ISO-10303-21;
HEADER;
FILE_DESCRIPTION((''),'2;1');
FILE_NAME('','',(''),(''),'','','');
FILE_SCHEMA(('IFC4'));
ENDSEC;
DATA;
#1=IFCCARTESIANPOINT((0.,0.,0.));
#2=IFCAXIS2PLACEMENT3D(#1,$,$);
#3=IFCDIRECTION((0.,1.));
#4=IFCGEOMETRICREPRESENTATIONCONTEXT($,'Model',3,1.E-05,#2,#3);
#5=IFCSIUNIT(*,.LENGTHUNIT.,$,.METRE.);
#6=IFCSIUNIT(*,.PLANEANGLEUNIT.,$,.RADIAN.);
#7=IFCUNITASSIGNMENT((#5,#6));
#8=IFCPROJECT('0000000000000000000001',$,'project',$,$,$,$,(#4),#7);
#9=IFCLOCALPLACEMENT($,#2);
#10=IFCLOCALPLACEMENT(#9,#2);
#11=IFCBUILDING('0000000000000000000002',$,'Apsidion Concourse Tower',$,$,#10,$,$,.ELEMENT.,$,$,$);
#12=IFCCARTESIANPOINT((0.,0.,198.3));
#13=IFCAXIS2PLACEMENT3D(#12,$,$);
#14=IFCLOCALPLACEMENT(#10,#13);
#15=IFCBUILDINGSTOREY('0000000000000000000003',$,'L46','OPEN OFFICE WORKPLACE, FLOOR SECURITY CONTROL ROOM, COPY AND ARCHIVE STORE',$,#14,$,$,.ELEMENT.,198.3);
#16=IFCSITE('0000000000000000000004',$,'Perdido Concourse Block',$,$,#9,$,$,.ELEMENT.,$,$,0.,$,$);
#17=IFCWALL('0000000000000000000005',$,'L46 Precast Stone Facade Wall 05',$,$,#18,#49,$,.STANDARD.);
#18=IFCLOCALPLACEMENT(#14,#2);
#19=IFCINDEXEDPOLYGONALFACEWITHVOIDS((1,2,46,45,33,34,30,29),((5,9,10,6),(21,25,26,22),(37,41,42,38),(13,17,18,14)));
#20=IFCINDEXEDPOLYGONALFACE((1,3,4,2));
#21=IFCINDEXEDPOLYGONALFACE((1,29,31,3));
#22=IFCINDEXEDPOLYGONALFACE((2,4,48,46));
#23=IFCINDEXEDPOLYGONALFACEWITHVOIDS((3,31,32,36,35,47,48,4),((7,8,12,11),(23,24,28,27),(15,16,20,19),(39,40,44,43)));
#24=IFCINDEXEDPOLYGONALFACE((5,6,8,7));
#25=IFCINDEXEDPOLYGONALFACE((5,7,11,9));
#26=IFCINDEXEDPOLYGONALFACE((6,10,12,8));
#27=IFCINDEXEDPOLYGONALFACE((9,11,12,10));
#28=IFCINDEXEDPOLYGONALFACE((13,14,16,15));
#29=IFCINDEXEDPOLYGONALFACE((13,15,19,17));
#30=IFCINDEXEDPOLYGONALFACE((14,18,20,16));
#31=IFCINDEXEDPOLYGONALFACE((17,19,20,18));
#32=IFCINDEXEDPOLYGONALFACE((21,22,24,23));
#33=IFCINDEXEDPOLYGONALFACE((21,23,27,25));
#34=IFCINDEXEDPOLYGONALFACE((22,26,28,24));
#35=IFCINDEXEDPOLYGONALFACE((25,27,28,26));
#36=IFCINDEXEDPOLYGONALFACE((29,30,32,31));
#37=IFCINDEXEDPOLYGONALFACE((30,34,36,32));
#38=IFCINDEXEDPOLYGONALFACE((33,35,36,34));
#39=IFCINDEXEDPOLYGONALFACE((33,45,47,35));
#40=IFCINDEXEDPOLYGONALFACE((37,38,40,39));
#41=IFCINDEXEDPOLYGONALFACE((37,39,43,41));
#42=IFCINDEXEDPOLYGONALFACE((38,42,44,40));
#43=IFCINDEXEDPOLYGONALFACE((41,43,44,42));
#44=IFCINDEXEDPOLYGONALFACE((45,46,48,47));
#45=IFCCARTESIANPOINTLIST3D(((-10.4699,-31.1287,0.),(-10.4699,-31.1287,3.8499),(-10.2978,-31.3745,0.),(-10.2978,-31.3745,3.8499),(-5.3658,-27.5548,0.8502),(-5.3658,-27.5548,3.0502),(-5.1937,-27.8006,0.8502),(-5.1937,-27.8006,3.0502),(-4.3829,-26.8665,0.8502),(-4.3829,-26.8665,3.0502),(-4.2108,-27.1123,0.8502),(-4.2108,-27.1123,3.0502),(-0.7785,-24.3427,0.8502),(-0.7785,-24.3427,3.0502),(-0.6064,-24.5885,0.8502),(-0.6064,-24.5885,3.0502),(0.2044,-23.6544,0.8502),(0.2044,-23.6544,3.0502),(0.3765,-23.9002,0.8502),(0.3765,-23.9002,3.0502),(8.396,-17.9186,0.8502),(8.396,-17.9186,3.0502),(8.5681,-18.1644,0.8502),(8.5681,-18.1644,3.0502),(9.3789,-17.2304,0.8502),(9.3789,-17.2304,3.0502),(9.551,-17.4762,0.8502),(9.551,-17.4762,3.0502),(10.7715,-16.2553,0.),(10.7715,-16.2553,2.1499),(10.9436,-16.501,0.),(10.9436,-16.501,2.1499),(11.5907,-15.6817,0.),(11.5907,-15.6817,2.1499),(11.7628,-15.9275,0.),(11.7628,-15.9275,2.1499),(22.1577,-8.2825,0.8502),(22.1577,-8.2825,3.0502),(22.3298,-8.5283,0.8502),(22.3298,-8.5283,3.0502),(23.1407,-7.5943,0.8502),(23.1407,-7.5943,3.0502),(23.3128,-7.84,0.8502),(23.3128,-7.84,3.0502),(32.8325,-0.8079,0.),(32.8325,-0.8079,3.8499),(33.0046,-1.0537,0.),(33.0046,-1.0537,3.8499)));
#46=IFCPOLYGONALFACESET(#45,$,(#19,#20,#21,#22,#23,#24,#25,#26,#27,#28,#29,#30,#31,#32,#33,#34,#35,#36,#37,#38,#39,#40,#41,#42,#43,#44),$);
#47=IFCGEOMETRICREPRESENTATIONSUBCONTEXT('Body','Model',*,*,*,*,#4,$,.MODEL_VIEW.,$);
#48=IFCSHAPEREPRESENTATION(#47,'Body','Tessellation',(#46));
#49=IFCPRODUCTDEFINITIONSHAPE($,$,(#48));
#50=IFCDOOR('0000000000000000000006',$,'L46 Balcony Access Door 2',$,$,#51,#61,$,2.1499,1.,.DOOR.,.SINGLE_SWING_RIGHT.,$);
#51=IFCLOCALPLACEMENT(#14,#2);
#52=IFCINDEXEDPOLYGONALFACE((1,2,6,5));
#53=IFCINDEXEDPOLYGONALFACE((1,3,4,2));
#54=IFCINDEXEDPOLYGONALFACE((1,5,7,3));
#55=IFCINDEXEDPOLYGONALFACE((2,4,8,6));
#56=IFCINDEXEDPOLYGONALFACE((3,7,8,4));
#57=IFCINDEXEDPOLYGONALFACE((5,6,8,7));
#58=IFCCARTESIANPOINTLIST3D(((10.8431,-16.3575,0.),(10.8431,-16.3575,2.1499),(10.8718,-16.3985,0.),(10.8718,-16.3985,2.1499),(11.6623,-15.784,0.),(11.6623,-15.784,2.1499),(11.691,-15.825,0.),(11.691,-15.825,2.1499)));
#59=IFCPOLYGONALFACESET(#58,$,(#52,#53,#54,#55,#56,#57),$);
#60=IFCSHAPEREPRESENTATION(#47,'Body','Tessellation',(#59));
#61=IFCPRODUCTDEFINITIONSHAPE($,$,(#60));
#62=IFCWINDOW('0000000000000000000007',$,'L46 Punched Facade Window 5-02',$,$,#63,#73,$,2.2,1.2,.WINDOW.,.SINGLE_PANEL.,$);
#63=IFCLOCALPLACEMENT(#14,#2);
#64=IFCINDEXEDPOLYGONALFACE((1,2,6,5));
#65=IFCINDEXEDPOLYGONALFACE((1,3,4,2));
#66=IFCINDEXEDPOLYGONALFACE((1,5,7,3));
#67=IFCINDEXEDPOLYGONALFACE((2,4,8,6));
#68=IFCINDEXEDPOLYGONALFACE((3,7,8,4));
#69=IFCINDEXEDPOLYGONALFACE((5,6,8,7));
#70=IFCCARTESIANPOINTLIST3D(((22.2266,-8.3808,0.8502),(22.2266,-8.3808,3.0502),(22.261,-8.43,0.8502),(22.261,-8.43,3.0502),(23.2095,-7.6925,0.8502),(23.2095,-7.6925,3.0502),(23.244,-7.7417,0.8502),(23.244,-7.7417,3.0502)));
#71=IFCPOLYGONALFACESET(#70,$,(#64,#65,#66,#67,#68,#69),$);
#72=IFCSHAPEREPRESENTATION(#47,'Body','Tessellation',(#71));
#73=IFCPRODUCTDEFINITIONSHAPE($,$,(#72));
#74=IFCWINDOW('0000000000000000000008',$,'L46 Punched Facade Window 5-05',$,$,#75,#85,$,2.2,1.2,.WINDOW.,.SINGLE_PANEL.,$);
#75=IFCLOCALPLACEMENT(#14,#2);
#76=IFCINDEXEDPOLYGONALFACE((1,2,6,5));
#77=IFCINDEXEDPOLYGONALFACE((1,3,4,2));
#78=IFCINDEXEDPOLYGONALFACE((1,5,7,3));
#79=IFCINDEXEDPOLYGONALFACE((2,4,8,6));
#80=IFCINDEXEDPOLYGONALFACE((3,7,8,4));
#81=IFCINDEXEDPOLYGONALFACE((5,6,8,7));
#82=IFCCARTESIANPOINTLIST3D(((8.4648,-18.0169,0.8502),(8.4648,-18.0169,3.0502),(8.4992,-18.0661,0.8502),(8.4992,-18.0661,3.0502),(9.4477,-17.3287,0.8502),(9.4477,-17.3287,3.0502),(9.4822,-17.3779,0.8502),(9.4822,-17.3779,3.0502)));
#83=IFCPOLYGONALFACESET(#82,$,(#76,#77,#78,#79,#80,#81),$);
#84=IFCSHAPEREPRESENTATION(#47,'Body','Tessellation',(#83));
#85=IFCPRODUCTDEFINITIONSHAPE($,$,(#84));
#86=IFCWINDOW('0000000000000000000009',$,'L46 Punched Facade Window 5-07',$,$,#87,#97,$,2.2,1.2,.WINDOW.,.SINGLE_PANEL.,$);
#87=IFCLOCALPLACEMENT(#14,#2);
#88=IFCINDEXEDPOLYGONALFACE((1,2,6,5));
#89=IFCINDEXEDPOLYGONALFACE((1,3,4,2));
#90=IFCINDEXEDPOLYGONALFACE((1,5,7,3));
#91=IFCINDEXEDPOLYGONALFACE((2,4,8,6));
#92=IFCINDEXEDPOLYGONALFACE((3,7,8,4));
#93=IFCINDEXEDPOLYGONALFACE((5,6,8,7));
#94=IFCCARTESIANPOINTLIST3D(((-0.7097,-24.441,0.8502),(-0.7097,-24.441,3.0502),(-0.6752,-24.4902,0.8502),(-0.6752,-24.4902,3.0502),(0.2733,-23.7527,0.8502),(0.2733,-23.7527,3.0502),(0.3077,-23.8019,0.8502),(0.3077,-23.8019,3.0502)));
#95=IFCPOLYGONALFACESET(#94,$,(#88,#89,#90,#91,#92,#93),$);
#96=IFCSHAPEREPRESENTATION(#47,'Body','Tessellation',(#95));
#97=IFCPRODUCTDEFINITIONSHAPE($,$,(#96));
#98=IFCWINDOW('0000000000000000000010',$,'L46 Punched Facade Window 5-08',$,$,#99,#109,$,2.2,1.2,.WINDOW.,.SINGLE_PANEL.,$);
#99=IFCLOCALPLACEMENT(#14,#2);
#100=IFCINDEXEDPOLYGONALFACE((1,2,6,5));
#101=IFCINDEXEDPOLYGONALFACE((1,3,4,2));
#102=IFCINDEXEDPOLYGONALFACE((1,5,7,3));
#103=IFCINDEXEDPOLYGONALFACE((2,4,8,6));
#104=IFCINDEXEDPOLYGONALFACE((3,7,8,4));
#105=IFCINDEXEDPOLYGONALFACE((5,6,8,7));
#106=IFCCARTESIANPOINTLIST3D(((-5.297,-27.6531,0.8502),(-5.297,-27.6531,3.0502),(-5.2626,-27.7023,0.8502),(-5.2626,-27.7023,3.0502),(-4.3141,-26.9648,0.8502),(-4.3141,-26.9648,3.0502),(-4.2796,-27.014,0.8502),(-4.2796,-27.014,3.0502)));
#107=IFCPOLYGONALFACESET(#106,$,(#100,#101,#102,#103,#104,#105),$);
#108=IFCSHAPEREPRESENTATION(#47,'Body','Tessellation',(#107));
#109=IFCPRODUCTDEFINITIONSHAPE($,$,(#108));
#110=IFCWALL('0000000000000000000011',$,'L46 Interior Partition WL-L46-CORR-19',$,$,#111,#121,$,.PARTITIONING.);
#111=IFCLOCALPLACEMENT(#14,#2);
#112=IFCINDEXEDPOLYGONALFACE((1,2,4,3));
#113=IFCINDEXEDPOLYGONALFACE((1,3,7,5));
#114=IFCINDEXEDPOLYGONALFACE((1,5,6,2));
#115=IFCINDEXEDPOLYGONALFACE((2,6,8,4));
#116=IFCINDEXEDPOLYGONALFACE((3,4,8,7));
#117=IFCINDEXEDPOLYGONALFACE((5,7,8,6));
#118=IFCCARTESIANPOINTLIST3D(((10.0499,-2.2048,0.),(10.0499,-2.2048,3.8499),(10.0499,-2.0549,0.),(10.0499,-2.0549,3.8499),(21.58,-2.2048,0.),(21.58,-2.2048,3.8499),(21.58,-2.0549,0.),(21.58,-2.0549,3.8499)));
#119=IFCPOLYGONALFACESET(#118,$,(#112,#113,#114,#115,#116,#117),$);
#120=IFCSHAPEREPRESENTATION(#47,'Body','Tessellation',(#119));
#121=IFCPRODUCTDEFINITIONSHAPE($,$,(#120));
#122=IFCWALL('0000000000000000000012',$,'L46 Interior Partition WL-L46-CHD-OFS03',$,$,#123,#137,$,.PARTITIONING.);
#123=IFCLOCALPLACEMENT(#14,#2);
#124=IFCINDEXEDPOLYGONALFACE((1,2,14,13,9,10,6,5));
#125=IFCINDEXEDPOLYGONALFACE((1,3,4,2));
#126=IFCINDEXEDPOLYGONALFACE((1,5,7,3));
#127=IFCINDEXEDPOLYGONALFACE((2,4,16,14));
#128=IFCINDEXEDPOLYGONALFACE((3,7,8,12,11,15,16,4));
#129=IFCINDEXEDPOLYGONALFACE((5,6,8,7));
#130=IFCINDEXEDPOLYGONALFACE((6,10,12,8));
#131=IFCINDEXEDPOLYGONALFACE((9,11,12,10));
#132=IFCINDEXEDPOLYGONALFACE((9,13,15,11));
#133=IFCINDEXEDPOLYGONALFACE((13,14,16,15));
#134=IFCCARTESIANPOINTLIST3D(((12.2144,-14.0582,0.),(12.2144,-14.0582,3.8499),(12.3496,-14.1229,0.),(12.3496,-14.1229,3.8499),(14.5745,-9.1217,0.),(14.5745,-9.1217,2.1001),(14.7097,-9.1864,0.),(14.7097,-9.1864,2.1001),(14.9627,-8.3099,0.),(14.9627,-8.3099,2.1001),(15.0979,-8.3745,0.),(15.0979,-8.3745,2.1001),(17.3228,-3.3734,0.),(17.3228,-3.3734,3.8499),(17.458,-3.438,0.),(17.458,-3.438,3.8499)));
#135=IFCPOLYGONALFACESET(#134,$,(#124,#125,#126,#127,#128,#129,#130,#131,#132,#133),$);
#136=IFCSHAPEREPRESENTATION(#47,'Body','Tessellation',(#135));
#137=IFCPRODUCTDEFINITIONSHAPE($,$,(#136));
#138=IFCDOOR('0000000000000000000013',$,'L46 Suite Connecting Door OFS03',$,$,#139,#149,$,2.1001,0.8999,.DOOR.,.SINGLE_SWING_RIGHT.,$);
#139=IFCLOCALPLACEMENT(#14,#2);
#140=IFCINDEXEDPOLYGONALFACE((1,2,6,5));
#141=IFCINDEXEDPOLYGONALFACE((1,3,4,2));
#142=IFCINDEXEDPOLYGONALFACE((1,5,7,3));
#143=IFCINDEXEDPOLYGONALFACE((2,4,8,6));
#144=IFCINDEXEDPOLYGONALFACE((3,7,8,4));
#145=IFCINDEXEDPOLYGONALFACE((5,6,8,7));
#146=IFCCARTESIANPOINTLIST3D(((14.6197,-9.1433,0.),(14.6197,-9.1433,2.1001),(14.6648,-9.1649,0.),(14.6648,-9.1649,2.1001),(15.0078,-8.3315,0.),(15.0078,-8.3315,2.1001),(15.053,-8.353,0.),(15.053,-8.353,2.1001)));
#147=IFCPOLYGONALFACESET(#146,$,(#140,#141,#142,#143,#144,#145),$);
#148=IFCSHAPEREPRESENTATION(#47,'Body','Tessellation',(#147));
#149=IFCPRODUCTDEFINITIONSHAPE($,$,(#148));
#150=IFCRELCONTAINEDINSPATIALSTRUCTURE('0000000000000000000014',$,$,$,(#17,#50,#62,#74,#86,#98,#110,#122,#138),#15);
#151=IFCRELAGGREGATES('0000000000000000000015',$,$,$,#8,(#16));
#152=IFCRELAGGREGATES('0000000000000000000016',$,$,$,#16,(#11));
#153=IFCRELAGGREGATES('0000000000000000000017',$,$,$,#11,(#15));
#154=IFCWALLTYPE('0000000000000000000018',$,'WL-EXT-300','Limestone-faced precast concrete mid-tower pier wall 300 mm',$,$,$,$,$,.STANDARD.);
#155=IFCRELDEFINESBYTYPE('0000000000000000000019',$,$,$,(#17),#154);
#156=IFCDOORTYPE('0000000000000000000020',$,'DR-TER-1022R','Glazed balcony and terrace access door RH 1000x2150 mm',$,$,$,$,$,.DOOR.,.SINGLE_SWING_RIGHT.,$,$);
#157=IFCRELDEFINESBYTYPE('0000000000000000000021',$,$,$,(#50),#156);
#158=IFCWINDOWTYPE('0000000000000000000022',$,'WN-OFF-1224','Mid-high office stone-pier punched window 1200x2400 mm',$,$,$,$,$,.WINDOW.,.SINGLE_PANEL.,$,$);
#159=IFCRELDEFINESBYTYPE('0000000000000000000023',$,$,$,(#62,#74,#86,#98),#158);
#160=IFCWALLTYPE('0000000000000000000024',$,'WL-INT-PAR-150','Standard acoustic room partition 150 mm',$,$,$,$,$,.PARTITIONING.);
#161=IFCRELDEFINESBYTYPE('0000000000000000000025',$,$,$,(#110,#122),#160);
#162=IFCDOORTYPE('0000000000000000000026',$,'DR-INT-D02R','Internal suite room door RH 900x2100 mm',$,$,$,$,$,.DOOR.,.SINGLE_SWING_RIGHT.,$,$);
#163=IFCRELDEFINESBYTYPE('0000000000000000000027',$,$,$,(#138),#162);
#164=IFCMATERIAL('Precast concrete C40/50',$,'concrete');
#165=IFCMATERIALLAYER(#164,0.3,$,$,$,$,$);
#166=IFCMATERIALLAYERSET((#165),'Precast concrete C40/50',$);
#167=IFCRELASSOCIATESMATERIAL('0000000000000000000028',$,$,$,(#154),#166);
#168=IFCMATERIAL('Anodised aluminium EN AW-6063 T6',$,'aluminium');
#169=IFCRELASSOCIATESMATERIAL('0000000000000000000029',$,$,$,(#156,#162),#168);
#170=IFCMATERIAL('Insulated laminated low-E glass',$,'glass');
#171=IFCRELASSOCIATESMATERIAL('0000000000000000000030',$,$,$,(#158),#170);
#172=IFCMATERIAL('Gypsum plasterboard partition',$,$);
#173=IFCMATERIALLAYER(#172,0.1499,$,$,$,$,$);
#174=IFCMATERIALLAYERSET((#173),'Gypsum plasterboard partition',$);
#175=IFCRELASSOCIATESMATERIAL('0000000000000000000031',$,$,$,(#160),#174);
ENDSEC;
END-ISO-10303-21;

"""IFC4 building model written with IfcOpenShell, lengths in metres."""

from ifc_helpers import new_model, si_unit, direction, frame, frame_2d, origin, place, context, subcontext, project, spatial, rectangle, extrude, material, layer, layer_set, type_object, element, fill, save


model = new_model("IFC4")

# Units and contexts
model_context = context("Model", 3, precision=1e-05, world=origin(), true_north=direction((0.0, 1.0)))
body_context = subcontext(model_context, "Body", "Model", "MODEL_VIEW")
ifc_project = project(units=[si_unit("LENGTHUNIT", "METRE"), si_unit("PLANEANGLEUNIT", "RADIAN")], contexts=[model_context])

# Site, building, storey
site_placement = place(None, origin())
site = spatial("IfcSite", under=ifc_project, at=site_placement, Name="Perdido Concourse Block", CompositionType="ELEMENT", RefElevation=0.0)
building_placement = place(site_placement, origin())
building = spatial("IfcBuilding", under=site, at=building_placement, Name="Apsidion Concourse Tower", CompositionType="ELEMENT")
storey_placement = place(building_placement, frame((0.0, 0.0, 198.3)))
storey = spatial("IfcBuildingStorey", under=building, at=storey_placement, Name="L46", Description="OPEN OFFICE WORKPLACE, FLOOR SECURITY CONTROL ROOM, COPY AND ARCHIVE STORE", CompositionType="ELEMENT", Elevation=198.3)

# Wall, openings, door, windows
ifc_material_1 = material(Name="Precast concrete C40/50", Category="concrete")
ifc_layer_1 = layer(ifc_material_1, 0.3)
ifc_layer_set_1 = layer_set([ifc_layer_1], Name="Precast concrete C40/50")
wall_type_1 = type_object("IfcWallType", Name="WL-EXT-300", Description="Limestone-faced precast concrete mid-tower pier wall 300 mm", PredefinedType="STANDARD", material=ifc_layer_set_1)
wall_1_placement = place(storey_placement, frame((32.9185, -0.9309, 0.0), z_axis=(0.0, 0.0, 1.0), x_axis=(-0.819151, -0.573577, 0.0)))
wall_1 = element("IfcWall", 1, at=wall_1_placement, inside=storey, type_object=wall_type_1, Name="L46 Precast Stone Facade Wall 05", PredefinedType="STANDARD", context=body_context, shape_type="SweptSolid", body=[
    extrude(rectangle(XDim=52.8625, YDim=0.3, at=frame_2d((26.4312, 0.0))), origin(), (0.0, 0.0, 1.0), 3.8499),
])
opening_1_placement = place(wall_1_placement, frame((25.9314, 0.0, 0.0)))
opening_1 = element("IfcOpeningElement", 2, at=opening_1_placement, cuts=wall_1, PredefinedType="OPENING", context=body_context, shape_type="SweptSolid", body=[
    extrude(rectangle(XDim=1.0, YDim=2.1499, at=frame_2d((0.5, 1.075))), frame((0.0, 0.1602, 0.0), z_axis=(0.0, -1.0, 0.0), x_axis=(1.0, 0.0, 0.0)), (0.0, 0.0, 1.0), 0.3201),
])
opening_2_placement = place(wall_1_placement, frame((11.8313, 0.0, 0.8501)))
opening_2 = element("IfcOpeningElement", 3, at=opening_2_placement, cuts=wall_1, PredefinedType="OPENING", context=body_context, shape_type="SweptSolid", body=[
    extrude(rectangle(XDim=1.2, YDim=2.2, at=frame_2d((0.6001, 1.1001))), frame((0.0, 0.1602, 0.0), z_axis=(0.0, -1.0, 0.0), x_axis=(1.0, 0.0, 0.0)), (0.0, 0.0, 1.0), 0.3201),
])
opening_3_placement = place(wall_1_placement, frame((28.6313, 0.0, 0.8501)))
opening_3 = element("IfcOpeningElement", 4, at=opening_3_placement, cuts=wall_1, PredefinedType="OPENING", context=body_context, shape_type="SweptSolid", body=[
    extrude(rectangle(XDim=1.2, YDim=2.2, at=frame_2d((0.6001, 1.1001))), frame((0.0, 0.1602, 0.0), z_axis=(0.0, -1.0, 0.0), x_axis=(1.0, 0.0, 0.0)), (0.0, 0.0, 1.0), 0.3201),
])
opening_4_placement = place(wall_1_placement, frame((39.8313, 0.0, 0.8501)))
opening_4 = element("IfcOpeningElement", 5, at=opening_4_placement, cuts=wall_1, PredefinedType="OPENING", context=body_context, shape_type="SweptSolid", body=[
    extrude(rectangle(XDim=1.2, YDim=2.2, at=frame_2d((0.6001, 1.1001))), frame((0.0, 0.1602, 0.0), z_axis=(0.0, -1.0, 0.0), x_axis=(1.0, 0.0, 0.0)), (0.0, 0.0, 1.0), 0.3201),
])
opening_5_placement = place(wall_1_placement, frame((45.4314, 0.0, 0.8501)))
opening_5 = element("IfcOpeningElement", 6, at=opening_5_placement, cuts=wall_1, PredefinedType="OPENING", context=body_context, shape_type="SweptSolid", body=[
    extrude(rectangle(XDim=1.2, YDim=2.2, at=frame_2d((0.6001, 1.1001))), frame((0.0, 0.1602, 0.0), z_axis=(0.0, -1.0, 0.0), x_axis=(1.0, 0.0, 0.0)), (0.0, 0.0, 1.0), 0.3201),
])
ifc_material_2 = material(Name="Anodised aluminium EN AW-6063 T6", Category="aluminium")
door_type_1 = type_object("IfcDoorType", Name="DR-TER-1022R", Description="Glazed balcony and terrace access door RH 1000x2150 mm", OperationType="SINGLE_SWING_RIGHT", PredefinedType="DOOR", material=ifc_material_2)
door_1_placement = place(opening_1_placement, origin())
door_1 = element("IfcDoor", 7, at=door_1_placement, inside=storey, type_object=door_type_1, Name="L46 Balcony Access Door 2", OperationType="SINGLE_SWING_RIGHT", OverallHeight=2.1499, OverallWidth=1.0, PredefinedType="DOOR", context=body_context, shape_type="SweptSolid", body=[
    extrude(rectangle(XDim=1.0, YDim=2.1499, at=frame_2d((0.5, 1.075))), frame((0.0, 0.0249, 0.0), z_axis=(0.0, -1.0, 0.0), x_axis=(1.0, 0.0, 0.0)), (0.0, 0.0, 1.0), 0.05),
])
fill(opening_1, door_1)
ifc_material_3 = material(Name="Insulated laminated low-E glass", Category="glass")
window_type = type_object("IfcWindowType", Name="WN-OFF-1224", Description="Mid-high office stone-pier punched window 1200x2400 mm", PartitioningType="SINGLE_PANEL", PredefinedType="WINDOW", material=ifc_material_3)
window_1_placement = place(opening_2_placement, origin())
window_1 = element("IfcWindow", 8, at=window_1_placement, inside=storey, type_object=window_type, Name="L46 Punched Facade Window 5-02", OverallHeight=2.2, OverallWidth=1.2, PartitioningType="SINGLE_PANEL", PredefinedType="WINDOW", context=body_context, shape_type="SweptSolid", body=[
    extrude(rectangle(XDim=1.2, YDim=2.2, at=frame_2d((0.6001, 1.1001))), frame((0.0, 0.03, 0.0), z_axis=(0.0, -1.0, 0.0), x_axis=(1.0, 0.0, 0.0)), (0.0, 0.0, 1.0), 0.0601),
])
fill(opening_2, window_1)
window_2_placement = place(opening_3_placement, origin())
window_2 = element("IfcWindow", 9, at=window_2_placement, inside=storey, type_object=window_type, Name="L46 Punched Facade Window 5-05", OverallHeight=2.2, OverallWidth=1.2, PartitioningType="SINGLE_PANEL", PredefinedType="WINDOW", context=body_context, shape_type="SweptSolid", body=[
    extrude(rectangle(XDim=1.2, YDim=2.2, at=frame_2d((0.6001, 1.1001))), frame((0.0, 0.03, 0.0), z_axis=(0.0, -1.0, 0.0), x_axis=(1.0, 0.0, 0.0)), (0.0, 0.0, 1.0), 0.0601),
])
fill(opening_3, window_2)
window_3_placement = place(opening_4_placement, origin())
window_3 = element("IfcWindow", 10, at=window_3_placement, inside=storey, type_object=window_type, Name="L46 Punched Facade Window 5-07", OverallHeight=2.2, OverallWidth=1.2, PartitioningType="SINGLE_PANEL", PredefinedType="WINDOW", context=body_context, shape_type="SweptSolid", body=[
    extrude(rectangle(XDim=1.2, YDim=2.2, at=frame_2d((0.6001, 1.1001))), frame((0.0, 0.03, 0.0), z_axis=(0.0, -1.0, 0.0), x_axis=(1.0, 0.0, 0.0)), (0.0, 0.0, 1.0), 0.0601),
])
fill(opening_4, window_3)
window_4_placement = place(opening_5_placement, origin())
window_4 = element("IfcWindow", 11, at=window_4_placement, inside=storey, type_object=window_type, Name="L46 Punched Facade Window 5-08", OverallHeight=2.2, OverallWidth=1.2, PartitioningType="SINGLE_PANEL", PredefinedType="WINDOW", context=body_context, shape_type="SweptSolid", body=[
    extrude(rectangle(XDim=1.2, YDim=2.2, at=frame_2d((0.6001, 1.1001))), frame((0.0, 0.03, 0.0), z_axis=(0.0, -1.0, 0.0), x_axis=(1.0, 0.0, 0.0)), (0.0, 0.0, 1.0), 0.0601),
])
fill(opening_5, window_4)

# Wall
ifc_material_4 = material(Name="Gypsum plasterboard partition")
ifc_layer_2 = layer(ifc_material_4, 0.1499)
ifc_layer_set_2 = layer_set([ifc_layer_2], Name="Gypsum plasterboard partition")
wall_type_2 = type_object("IfcWallType", Name="WL-INT-PAR-150", Description="Standard acoustic room partition 150 mm", PredefinedType="PARTITIONING", material=ifc_layer_set_2)
wall_2_placement = place(storey_placement, frame((21.5801, -2.1299, 0.0), z_axis=(0.0, 0.0, 1.0), x_axis=(-1.0, 0.0, 0.0)))
element("IfcWall", 12, at=wall_2_placement, inside=storey, type_object=wall_type_2, Name="L46 Interior Partition WL-L46-CORR-19", PredefinedType="PARTITIONING", context=body_context, shape_type="SweptSolid", body=[
    extrude(rectangle(XDim=11.53, YDim=0.1499, at=frame_2d((5.7651, 0.0))), origin(), (0.0, 0.0, 1.0), 3.8499),
])

# Wall, opening, door
wall_3_placement = place(storey_placement, frame((12.282, -14.0906, 0.0), z_axis=(0.0, 0.0, 1.0), x_axis=(0.431337, 0.902191, 0.0)))
wall_3 = element("IfcWall", 13, at=wall_3_placement, inside=storey, type_object=wall_type_2, Name="L46 Interior Partition WL-L46-CHD-OFS03", PredefinedType="PARTITIONING", context=body_context, shape_type="SweptSolid", body=[
    extrude(rectangle(XDim=11.8433, YDim=0.1499, at=frame_2d((5.9216, 0.0))), origin(), (0.0, 0.0, 1.0), 3.8499),
])
opening_6_placement = place(wall_3_placement, frame((5.4717, 0.0, 0.0)))
opening_6 = element("IfcOpeningElement", 14, at=opening_6_placement, cuts=wall_3, PredefinedType="OPENING", context=body_context, shape_type="SweptSolid", body=[
    extrude(rectangle(XDim=0.8999, YDim=2.1001, at=frame_2d((0.45, 1.05))), frame((0.0, 0.085, 0.0), z_axis=(0.0, -1.0, 0.0), x_axis=(1.0, 0.0, 0.0)), (0.0, 0.0, 1.0), 0.1699),
])
door_type_2 = type_object("IfcDoorType", Name="DR-INT-D02R", Description="Internal suite room door RH 900x2100 mm", OperationType="SINGLE_SWING_RIGHT", PredefinedType="DOOR", material=ifc_material_2)
door_2_placement = place(opening_6_placement, origin())
door_2 = element("IfcDoor", 15, at=door_2_placement, inside=storey, type_object=door_type_2, Name="L46 Suite Connecting Door OFS03", OperationType="SINGLE_SWING_RIGHT", OverallHeight=2.1001, OverallWidth=0.8999, PredefinedType="DOOR", context=body_context, shape_type="SweptSolid", body=[
    extrude(rectangle(XDim=0.8999, YDim=2.1001, at=frame_2d((0.45, 1.05))), frame((0.0, 0.0249, 0.0), z_axis=(0.0, -1.0, 0.0), x_axis=(1.0, 0.0, 0.0)), (0.0, 0.0, 1.0), 0.05),
])
fill(opening_6, door_2)

save(model, "model.ifc")
